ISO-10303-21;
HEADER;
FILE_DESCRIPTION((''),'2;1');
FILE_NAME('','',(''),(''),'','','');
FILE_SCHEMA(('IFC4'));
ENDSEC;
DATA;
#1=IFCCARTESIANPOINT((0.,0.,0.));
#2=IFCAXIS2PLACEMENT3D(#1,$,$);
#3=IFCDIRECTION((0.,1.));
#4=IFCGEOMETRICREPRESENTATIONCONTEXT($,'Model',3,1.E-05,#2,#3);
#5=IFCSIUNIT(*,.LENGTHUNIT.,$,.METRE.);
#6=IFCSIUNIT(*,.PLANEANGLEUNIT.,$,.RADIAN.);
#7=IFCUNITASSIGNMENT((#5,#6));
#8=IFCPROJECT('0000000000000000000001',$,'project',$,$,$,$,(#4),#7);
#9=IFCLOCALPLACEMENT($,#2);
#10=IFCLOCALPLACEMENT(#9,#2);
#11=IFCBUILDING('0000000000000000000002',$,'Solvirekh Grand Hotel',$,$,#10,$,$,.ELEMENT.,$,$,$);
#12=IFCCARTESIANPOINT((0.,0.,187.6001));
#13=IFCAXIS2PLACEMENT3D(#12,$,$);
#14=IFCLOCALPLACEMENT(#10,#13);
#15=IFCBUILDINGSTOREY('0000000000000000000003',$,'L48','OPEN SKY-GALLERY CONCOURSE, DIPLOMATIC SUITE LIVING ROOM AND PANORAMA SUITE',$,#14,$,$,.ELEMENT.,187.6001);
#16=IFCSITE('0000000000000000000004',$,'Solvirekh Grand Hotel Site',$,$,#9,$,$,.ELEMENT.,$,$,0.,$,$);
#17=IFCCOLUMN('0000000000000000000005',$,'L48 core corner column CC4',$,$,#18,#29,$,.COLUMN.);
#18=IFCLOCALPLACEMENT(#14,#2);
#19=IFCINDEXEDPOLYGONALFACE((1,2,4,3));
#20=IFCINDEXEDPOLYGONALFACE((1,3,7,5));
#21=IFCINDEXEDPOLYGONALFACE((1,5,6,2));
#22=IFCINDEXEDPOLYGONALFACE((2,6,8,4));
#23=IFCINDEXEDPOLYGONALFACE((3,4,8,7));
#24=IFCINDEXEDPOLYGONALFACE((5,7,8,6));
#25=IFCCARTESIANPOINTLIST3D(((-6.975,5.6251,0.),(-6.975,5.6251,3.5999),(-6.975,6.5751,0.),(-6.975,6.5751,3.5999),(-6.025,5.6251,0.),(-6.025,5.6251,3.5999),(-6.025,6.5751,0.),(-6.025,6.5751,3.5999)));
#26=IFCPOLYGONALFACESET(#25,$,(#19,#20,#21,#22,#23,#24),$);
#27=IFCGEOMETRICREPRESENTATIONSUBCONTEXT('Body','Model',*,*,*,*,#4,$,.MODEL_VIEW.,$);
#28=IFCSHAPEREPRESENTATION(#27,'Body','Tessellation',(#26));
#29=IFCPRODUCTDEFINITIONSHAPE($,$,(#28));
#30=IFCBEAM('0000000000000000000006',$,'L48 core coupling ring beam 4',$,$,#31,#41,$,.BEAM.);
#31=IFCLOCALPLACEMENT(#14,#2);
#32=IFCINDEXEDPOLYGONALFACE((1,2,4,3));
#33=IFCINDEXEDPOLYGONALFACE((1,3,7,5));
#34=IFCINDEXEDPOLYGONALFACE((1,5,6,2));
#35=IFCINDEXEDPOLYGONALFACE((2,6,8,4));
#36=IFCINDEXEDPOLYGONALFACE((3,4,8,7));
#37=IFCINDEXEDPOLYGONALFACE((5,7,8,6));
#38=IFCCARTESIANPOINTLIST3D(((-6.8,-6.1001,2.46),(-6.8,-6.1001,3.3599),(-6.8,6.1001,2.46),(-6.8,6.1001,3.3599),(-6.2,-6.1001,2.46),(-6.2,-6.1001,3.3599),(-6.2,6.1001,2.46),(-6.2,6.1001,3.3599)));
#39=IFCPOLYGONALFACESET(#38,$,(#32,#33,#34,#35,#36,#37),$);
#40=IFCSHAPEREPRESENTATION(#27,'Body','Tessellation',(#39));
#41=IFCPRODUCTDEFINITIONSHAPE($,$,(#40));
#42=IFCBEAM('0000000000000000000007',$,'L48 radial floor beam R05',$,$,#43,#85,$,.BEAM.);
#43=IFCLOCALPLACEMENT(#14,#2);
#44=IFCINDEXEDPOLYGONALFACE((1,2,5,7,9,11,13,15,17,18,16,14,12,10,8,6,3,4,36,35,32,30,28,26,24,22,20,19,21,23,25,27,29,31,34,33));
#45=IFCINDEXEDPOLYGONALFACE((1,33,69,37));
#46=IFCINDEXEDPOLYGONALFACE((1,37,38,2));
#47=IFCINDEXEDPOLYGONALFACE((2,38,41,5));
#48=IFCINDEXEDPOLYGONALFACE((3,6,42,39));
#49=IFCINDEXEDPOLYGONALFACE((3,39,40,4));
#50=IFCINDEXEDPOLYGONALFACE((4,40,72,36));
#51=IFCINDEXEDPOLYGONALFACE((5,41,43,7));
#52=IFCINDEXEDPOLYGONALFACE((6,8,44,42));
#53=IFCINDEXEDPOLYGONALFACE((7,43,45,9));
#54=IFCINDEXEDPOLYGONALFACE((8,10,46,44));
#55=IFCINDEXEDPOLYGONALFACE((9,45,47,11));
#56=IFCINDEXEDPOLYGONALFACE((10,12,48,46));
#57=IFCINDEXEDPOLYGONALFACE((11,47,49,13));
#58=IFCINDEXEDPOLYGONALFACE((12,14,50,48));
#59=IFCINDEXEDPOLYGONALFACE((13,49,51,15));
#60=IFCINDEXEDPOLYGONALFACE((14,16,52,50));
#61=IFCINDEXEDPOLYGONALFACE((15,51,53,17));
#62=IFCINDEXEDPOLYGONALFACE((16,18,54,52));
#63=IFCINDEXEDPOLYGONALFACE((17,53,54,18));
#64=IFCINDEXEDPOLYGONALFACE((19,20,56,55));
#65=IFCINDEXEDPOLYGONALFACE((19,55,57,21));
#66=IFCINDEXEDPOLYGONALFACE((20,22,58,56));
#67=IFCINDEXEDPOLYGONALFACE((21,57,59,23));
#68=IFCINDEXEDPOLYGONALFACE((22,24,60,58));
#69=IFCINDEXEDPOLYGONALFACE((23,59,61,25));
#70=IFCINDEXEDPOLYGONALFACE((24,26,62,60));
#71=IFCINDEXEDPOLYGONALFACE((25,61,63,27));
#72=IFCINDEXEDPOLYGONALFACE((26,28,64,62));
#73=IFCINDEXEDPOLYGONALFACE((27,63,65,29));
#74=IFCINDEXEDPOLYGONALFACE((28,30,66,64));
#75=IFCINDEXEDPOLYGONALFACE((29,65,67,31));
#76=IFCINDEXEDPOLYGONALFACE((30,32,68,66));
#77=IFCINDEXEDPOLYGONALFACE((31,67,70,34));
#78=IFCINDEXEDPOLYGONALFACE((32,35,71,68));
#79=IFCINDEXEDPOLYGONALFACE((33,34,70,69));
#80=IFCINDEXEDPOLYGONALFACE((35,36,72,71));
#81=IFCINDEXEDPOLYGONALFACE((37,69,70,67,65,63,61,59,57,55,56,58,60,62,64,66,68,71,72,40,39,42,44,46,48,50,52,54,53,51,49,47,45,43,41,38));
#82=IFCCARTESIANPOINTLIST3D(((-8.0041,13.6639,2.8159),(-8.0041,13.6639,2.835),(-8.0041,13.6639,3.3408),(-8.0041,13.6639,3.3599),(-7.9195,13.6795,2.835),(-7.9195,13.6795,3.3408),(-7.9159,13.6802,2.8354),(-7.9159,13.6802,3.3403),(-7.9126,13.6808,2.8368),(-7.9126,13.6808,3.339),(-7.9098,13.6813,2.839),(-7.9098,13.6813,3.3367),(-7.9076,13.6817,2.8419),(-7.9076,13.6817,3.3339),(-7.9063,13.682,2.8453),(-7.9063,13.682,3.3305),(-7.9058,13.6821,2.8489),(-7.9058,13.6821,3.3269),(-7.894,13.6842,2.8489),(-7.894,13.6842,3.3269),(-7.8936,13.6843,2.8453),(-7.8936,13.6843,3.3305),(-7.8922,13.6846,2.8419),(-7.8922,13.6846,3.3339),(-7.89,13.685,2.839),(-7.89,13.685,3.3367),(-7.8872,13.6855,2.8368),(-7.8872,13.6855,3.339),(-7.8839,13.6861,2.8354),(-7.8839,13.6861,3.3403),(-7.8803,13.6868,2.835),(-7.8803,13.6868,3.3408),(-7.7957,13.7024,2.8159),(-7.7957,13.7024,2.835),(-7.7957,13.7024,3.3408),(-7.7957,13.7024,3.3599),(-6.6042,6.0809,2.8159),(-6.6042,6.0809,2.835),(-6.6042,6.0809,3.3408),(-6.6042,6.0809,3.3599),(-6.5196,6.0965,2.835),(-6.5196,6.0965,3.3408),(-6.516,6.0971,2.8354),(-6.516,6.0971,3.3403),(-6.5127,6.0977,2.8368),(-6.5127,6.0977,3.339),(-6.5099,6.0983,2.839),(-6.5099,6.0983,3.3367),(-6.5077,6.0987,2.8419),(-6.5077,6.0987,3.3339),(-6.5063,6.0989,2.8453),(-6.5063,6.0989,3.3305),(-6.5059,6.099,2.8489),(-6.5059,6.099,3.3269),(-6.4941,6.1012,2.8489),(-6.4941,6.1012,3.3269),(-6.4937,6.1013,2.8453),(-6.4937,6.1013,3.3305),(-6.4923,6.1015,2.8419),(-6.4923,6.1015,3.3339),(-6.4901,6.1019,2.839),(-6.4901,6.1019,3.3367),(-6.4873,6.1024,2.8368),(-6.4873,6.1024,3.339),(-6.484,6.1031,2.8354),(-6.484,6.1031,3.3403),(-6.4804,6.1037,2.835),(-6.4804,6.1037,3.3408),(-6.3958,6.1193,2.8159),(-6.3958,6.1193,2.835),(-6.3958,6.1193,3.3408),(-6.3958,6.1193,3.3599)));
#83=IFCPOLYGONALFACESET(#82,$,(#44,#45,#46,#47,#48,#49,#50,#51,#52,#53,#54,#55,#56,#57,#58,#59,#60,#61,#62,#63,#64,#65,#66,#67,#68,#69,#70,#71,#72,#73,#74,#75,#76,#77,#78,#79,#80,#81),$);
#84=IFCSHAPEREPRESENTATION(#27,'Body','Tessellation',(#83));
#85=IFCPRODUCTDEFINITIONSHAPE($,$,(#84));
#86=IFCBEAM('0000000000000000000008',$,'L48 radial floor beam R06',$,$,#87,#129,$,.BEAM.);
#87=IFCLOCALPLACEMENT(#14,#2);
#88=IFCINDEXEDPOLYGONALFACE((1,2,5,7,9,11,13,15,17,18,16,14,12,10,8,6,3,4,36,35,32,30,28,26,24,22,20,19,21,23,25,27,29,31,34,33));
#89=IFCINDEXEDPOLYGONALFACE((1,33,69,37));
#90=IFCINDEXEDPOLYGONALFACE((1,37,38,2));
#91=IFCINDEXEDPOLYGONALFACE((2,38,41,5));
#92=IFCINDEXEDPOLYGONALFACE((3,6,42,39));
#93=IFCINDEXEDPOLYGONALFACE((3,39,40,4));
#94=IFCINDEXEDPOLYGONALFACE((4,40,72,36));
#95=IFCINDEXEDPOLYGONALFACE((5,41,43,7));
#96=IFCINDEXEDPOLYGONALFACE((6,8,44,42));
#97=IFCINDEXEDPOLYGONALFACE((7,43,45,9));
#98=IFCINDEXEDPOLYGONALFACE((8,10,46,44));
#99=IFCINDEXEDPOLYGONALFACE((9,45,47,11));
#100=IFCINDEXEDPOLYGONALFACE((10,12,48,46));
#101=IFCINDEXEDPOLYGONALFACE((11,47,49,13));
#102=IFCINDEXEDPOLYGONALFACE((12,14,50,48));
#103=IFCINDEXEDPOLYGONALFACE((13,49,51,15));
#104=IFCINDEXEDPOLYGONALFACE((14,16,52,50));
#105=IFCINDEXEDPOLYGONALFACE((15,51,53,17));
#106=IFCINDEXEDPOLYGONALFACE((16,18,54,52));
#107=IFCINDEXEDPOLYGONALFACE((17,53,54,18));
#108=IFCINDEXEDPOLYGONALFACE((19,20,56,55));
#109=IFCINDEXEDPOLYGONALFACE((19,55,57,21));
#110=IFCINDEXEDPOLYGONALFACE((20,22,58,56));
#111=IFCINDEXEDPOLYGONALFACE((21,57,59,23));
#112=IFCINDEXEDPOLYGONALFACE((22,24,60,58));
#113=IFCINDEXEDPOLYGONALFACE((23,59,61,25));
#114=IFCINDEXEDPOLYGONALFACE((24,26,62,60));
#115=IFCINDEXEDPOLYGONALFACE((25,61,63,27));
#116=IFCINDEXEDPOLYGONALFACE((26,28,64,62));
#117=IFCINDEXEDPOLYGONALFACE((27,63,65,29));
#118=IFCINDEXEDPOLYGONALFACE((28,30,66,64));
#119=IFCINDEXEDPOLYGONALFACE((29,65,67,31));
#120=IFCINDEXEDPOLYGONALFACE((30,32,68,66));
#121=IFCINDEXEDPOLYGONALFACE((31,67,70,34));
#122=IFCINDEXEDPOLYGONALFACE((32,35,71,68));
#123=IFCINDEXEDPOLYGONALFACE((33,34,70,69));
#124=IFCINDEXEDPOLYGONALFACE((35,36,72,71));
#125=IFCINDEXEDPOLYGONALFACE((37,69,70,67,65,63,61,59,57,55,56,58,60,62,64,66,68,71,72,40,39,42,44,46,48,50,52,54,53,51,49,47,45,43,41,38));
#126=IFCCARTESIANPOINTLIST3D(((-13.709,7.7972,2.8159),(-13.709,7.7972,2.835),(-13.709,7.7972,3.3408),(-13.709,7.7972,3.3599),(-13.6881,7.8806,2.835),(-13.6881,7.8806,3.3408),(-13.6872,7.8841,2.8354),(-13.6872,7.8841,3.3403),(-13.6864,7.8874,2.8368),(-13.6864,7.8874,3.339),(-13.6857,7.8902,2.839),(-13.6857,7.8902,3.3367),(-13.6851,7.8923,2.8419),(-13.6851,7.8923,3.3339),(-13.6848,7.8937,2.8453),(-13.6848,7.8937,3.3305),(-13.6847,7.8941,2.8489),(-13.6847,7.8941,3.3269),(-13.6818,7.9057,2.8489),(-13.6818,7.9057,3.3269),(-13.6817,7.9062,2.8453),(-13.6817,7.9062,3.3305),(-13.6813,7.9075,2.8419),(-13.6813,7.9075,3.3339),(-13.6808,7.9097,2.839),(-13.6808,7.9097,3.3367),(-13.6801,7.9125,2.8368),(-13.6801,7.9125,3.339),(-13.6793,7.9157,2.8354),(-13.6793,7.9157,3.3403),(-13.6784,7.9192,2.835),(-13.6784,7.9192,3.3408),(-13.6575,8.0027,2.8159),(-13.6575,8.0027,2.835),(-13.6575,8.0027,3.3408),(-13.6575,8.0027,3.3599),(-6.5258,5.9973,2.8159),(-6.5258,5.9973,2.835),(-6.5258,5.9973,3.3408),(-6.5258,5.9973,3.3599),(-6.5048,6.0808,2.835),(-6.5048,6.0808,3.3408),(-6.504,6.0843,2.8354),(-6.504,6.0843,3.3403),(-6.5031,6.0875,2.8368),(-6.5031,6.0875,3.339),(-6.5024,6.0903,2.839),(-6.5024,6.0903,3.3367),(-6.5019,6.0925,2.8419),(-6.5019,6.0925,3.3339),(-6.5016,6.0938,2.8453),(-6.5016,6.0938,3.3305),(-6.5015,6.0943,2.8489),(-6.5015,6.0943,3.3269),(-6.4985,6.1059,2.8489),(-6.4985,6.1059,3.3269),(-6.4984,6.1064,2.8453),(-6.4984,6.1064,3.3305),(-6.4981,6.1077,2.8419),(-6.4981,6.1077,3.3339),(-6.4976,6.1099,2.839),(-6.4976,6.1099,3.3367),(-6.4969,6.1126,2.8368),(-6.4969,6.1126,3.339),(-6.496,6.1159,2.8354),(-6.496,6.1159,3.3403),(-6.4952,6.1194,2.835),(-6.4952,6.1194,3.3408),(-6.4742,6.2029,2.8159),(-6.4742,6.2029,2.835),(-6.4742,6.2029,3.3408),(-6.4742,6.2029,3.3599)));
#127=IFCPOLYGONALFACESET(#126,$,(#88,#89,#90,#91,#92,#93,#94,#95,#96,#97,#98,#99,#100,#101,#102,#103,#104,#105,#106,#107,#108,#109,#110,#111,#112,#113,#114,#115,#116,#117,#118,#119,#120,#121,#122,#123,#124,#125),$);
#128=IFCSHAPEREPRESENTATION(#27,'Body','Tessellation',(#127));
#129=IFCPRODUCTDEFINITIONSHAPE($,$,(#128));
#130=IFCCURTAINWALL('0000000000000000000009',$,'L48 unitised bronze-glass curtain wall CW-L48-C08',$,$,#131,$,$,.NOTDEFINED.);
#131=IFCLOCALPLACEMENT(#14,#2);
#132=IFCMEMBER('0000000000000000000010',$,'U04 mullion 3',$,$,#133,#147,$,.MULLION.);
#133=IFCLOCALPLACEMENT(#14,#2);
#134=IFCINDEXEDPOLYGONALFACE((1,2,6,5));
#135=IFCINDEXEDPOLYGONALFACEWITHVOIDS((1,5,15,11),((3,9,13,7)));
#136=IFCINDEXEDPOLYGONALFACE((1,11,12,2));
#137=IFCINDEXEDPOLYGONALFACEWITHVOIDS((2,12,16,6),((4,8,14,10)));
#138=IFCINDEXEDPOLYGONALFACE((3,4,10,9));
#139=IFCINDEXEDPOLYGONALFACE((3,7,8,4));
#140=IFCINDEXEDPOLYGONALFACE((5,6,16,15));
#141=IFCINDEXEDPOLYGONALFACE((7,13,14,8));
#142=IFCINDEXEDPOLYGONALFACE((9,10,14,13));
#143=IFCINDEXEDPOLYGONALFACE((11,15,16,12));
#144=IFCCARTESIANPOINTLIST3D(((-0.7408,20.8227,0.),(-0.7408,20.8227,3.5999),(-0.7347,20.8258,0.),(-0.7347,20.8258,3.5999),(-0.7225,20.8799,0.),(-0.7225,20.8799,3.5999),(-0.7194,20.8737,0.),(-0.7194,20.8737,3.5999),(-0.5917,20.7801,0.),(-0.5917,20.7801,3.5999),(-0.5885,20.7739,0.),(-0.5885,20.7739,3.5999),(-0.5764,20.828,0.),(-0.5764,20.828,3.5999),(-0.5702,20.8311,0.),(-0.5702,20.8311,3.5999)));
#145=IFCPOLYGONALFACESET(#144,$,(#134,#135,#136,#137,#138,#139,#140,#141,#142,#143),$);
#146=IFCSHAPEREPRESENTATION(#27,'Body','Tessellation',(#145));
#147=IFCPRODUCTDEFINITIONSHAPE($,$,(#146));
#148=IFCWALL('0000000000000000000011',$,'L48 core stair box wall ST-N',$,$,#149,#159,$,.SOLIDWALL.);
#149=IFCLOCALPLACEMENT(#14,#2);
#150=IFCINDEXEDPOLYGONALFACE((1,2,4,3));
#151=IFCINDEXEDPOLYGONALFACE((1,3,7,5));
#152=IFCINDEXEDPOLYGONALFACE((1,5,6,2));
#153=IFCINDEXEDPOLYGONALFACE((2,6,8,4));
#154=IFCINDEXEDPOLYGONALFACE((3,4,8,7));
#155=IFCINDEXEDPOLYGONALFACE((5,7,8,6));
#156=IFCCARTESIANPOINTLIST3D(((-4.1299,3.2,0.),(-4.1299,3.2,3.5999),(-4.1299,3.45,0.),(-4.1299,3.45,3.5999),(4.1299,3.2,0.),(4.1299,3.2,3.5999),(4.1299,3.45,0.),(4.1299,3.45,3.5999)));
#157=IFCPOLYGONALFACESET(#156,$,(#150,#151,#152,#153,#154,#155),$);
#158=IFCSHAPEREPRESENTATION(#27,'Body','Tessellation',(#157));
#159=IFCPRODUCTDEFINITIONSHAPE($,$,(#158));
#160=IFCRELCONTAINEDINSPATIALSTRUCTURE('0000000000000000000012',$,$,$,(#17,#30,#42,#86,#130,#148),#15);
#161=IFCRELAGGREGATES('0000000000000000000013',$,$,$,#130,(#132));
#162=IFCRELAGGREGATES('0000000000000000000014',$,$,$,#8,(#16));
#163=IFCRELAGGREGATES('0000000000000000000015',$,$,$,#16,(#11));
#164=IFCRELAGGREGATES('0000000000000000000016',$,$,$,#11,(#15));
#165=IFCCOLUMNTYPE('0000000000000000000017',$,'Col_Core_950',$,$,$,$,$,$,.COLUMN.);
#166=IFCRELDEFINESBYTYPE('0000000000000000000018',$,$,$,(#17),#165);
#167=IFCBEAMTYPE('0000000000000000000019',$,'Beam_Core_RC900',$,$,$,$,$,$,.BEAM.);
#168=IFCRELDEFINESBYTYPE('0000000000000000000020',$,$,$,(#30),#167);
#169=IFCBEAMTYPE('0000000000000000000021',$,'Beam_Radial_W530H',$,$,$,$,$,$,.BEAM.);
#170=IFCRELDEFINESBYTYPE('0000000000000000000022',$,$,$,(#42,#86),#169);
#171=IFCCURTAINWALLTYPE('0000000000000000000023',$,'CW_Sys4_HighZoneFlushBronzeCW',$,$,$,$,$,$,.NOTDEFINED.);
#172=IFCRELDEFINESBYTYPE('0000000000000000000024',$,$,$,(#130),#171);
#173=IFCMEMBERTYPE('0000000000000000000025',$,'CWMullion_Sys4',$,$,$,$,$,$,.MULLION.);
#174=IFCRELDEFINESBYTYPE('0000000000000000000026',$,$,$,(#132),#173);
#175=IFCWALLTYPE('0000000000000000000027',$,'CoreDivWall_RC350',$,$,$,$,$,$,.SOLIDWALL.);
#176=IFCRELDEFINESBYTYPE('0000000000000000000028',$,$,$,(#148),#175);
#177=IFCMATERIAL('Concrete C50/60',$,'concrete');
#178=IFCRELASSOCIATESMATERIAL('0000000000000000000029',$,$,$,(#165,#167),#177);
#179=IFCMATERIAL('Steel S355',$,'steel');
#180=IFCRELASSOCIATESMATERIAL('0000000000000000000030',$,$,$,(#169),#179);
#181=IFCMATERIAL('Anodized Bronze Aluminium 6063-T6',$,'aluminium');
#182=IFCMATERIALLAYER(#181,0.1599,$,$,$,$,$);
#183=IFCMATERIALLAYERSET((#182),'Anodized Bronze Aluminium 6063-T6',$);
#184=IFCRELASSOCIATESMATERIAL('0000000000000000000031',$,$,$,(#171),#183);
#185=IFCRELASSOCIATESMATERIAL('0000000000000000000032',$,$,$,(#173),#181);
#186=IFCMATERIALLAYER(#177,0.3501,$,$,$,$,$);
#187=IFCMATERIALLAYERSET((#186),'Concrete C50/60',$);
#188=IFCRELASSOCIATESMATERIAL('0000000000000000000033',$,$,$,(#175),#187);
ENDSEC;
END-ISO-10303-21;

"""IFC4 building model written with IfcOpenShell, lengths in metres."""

from ifc_helpers import new_model, si_unit, direction, frame, frame_2d, origin, origin_2d, place, context, subcontext, project, spatial, rectangle, hollow_rectangle, i_section, extrude, source, transform, mapped, material, layer, layer_set, material_profile, profile_set, type_object, element, aggregate, save


model = new_model("IFC4")

# Units and contexts
model_context = context("Model", 3, precision=1e-05, world=origin(), true_north=direction((0.0, 1.0)))
body_context = subcontext(model_context, "Body", "Model", "MODEL_VIEW")
ifc_project = project(units=[si_unit("LENGTHUNIT", "METRE"), si_unit("PLANEANGLEUNIT", "RADIAN")], contexts=[model_context])

# Site, building, storey
site_placement = place(None, origin())
site = spatial("IfcSite", under=ifc_project, at=site_placement, Name="Solvirekh Grand Hotel Site", CompositionType="ELEMENT", RefElevation=0.0)
building_placement = place(site_placement, origin())
building = spatial("IfcBuilding", under=site, at=building_placement, Name="Solvirekh Grand Hotel", CompositionType="ELEMENT")
storey_placement = place(building_placement, frame((0.0, 0.0, 187.6001)))
storey = spatial("IfcBuildingStorey", under=building, at=storey_placement, Name="L48", Description="OPEN SKY-GALLERY CONCOURSE, DIPLOMATIC SUITE LIVING ROOM AND PANORAMA SUITE", CompositionType="ELEMENT", Elevation=187.6001)

# Column
ifc_material_1 = material(Name="Concrete C50/60", Category="concrete")
ifc_material_profile_1 = material_profile(ifc_material_1, rectangle(XDim=0.95, YDim=0.95, at=origin_2d()), Name="RC 950X950")
ifc_profile_set_1 = profile_set([ifc_material_profile_1], Name="Concrete C50/60")
column_type = type_object("IfcColumnType", Name="Col_Core_950", PredefinedType="COLUMN", material=ifc_profile_set_1)
column_placement = place(storey_placement, frame((-6.5, 6.1001, 0.0), z_axis=(0.0, 0.0, 1.0), x_axis=(1.0, 0.0, 0.0)))
element("IfcColumn", 1, at=column_placement, inside=storey, type_object=column_type, Name="L48 core corner column CC4", PredefinedType="COLUMN", context=body_context, shape_type="SweptSolid", body=[
    extrude(rectangle(XDim=0.95, YDim=0.95, at=origin_2d()), origin(), (0.0, 0.0, 1.0), 3.5999),
])

# Beams
ifc_material_profile_2 = material_profile(ifc_material_1, rectangle(XDim=0.6001, YDim=0.8999, at=origin_2d()), Name="RC BEAM 600X900")
ifc_profile_set_2 = profile_set([ifc_material_profile_2], Name="Concrete C50/60")
beam_type_1 = type_object("IfcBeamType", Name="Beam_Core_RC900", PredefinedType="BEAM", material=ifc_profile_set_2)
beam_1_placement = place(storey_placement, frame((-6.5, 6.1001, 2.9099), z_axis=(0.0, -1.0, 0.0), x_axis=(1.0, 0.0, 0.0)))
element("IfcBeam", 2, at=beam_1_placement, inside=storey, type_object=beam_type_1, Name="L48 core coupling ring beam 4", PredefinedType="BEAM", context=body_context, shape_type="SweptSolid", body=[
    extrude(rectangle(XDim=0.6001, YDim=0.8999, at=origin_2d()), origin(), (0.0, 0.0, 1.0), 12.2002),
])
ifc_material_2 = material(Name="Steel S355", Category="steel")
ifc_material_profile_3 = material_profile(ifc_material_2, i_section(OverallWidth=0.2119, OverallDepth=0.5439, WebThickness=0.012, FlangeThickness=0.019, FilletRadius=0.0139, at=origin_2d()), Name="W530X123")
ifc_profile_set_3 = profile_set([ifc_material_profile_3], Name="Steel S355")
beam_type_2 = type_object("IfcBeamType", Name="Beam_Radial_W530H", PredefinedType="BEAM", material=ifc_profile_set_3)
beam_2_placement = place(storey_placement, frame((-6.5, 6.1001, 3.0879), z_axis=(-0.181543, 0.983383, 0.0), x_axis=(-0.983383, -0.181543, 0.0)))
element("IfcBeam", 3, at=beam_2_placement, inside=storey, type_object=beam_type_2, Name="L48 radial floor beam R05", PredefinedType="BEAM", context=body_context, shape_type="SweptSolid", body=[
    extrude(i_section(OverallWidth=0.2119, OverallDepth=0.5439, WebThickness=0.012, FlangeThickness=0.019, FilletRadius=0.0139, at=origin_2d()), origin(), (0.0, 0.0, 1.0), 7.7112),
])
beam_3_placement = place(storey_placement, frame((-6.5, 6.1001, 3.0879), z_axis=(-0.970014, 0.243048, 0.0), x_axis=(-0.243048, -0.970014, 0.0)))
element("IfcBeam", 4, at=beam_3_placement, inside=storey, type_object=beam_type_2, Name="L48 radial floor beam R06", PredefinedType="BEAM", context=body_context, shape_type="SweptSolid", body=[
    extrude(i_section(OverallWidth=0.2119, OverallDepth=0.5439, WebThickness=0.012, FlangeThickness=0.019, FilletRadius=0.0139, at=origin_2d()), origin(), (0.0, 0.0, 1.0), 7.4053),
])

# Curtain wall, member
ifc_material_3 = material(Name="Anodized Bronze Aluminium 6063-T6", Category="aluminium")
ifc_layer_1 = layer(ifc_material_3, 0.1599)
ifc_layer_set_1 = layer_set([ifc_layer_1], Name="Anodized Bronze Aluminium 6063-T6")
curtain_wall_type = type_object("IfcCurtainWallType", Name="CW_Sys4_HighZoneFlushBronzeCW", PredefinedType="NOTDEFINED", material=ifc_layer_set_1)
curtain_wall_placement = place(storey_placement, origin())
curtain_wall = element("IfcCurtainWall", 5, at=curtain_wall_placement, inside=storey, type_object=curtain_wall_type, Name="L48 unitised bronze-glass curtain wall CW-L48-C08", PredefinedType="NOTDEFINED")
ifc_material_profile_4 = material_profile(ifc_material_3, hollow_rectangle(XDim=0.0601, YDim=0.1599, WallThickness=0.0049, at=origin_2d()), Name="ALU RHS 160X60X5")
ifc_profile_set_4 = profile_set([ifc_material_profile_4], Name="Anodized Bronze Aluminium 6063-T6")
member_type = type_object("IfcMemberType", Name="CWMullion_Sys4", PredefinedType="MULLION", material=ifc_profile_set_4)
shared_shape = source(origin(), body_context, "Body", "SweptSolid", [
    extrude(hollow_rectangle(XDim=0.0601, YDim=0.1599, WallThickness=0.0049, at=origin_2d()), origin(), (0.0, 0.0, 1.0), 3.5999),
])
member_placement = place(storey_placement, frame((-0.6555, 20.8269, 0.0), z_axis=(0.0, 0.0, 1.0), x_axis=(-0.304702, -0.952448, 0.0)))
member = element("IfcMember", 6, at=member_placement, type_object=member_type, Name="U04 mullion 3", PredefinedType="MULLION", context=body_context, shape_type="MappedRepresentation", body=[
    mapped(shared_shape, transform((0.0, 0.0, 0.0), x_axis=(1.0, 0.0, 0.0), y_axis=(0.0, 1.0, 0.0), z_axis=(0.0, 0.0, 1.0), scale=1.0)),
])
aggregate(curtain_wall, [member])

# Wall
ifc_layer_2 = layer(ifc_material_1, 0.3501)
ifc_layer_set_2 = layer_set([ifc_layer_2], Name="Concrete C50/60")
wall_type_1 = type_object("IfcWallType", Name="CoreDivWall_RC350", PredefinedType="SOLIDWALL", material=ifc_layer_set_2)
wall_1_placement = place(storey_placement, frame((-4.1299, 3.325, 0.0), z_axis=(0.0, 0.0, 1.0), x_axis=(1.0, 0.0, 0.0)))
element("IfcWall", 7, at=wall_1_placement, inside=storey, type_object=wall_type_1, Name="L48 core stair box wall ST-N", PredefinedType="SOLIDWALL", context=body_context, shape_type="SweptSolid", body=[
    extrude(rectangle(XDim=8.2598, YDim=0.25, at=frame_2d((4.1299, 0.0))), origin(), (0.0, 0.0, 1.0), 3.5999),
])

save(model, "model.ifc")
